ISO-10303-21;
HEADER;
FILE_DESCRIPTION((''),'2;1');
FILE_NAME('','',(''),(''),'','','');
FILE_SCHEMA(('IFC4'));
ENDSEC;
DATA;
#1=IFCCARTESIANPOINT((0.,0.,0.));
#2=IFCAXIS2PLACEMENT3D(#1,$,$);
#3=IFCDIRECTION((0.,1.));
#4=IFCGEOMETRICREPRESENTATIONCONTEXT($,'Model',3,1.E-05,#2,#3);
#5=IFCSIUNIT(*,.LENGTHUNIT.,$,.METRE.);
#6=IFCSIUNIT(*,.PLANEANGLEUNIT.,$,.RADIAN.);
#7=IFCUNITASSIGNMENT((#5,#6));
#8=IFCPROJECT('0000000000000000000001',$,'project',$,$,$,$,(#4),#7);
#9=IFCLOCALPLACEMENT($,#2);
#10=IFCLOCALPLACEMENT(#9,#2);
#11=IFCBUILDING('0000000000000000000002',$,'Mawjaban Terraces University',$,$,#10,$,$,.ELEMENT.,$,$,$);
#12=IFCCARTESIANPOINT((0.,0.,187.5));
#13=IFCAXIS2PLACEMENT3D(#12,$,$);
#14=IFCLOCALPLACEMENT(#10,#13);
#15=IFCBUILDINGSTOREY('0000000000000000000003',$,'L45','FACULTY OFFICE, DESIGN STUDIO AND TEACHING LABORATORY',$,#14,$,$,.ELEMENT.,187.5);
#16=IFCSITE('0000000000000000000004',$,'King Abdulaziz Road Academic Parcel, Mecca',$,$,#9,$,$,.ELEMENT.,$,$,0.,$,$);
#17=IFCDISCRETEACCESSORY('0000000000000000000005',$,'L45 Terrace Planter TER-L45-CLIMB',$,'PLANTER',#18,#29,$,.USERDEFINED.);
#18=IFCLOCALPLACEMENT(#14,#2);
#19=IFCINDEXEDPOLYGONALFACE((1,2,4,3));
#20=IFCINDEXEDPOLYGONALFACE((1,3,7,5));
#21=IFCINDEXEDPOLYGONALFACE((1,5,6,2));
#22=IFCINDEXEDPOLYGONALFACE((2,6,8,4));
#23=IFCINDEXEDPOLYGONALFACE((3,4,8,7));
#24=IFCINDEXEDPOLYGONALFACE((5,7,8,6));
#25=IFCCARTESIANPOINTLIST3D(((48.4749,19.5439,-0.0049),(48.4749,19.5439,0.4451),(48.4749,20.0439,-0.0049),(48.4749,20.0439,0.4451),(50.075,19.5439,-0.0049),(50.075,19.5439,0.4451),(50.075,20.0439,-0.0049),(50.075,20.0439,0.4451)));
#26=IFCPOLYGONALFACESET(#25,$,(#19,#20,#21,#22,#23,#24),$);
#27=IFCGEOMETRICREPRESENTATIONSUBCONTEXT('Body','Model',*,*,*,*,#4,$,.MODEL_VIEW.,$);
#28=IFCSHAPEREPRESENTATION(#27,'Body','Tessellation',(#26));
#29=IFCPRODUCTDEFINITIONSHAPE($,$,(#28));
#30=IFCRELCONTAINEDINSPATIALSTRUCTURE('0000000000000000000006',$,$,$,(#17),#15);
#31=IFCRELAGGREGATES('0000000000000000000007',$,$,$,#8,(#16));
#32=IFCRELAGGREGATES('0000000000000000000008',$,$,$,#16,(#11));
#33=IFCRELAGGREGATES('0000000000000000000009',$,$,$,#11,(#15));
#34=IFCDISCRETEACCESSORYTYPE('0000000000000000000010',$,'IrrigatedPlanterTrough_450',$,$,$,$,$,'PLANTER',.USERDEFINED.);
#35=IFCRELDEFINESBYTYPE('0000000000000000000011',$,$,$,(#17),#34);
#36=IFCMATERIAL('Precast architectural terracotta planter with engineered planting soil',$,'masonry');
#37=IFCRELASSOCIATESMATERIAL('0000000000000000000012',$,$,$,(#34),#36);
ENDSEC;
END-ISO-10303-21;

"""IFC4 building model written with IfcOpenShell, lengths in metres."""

from ifc_helpers import new_model, si_unit, direction, frame, origin, origin_2d, place, context, subcontext, project, spatial, rectangle, extrude, material, type_object, element, save


model = new_model("IFC4")

# Units and contexts
model_context = context("Model", 3, precision=1e-05, world=origin(), true_north=direction((0.0, 1.0)))
body_context = subcontext(model_context, "Body", "Model", "MODEL_VIEW")
ifc_project = project(units=[si_unit("LENGTHUNIT", "METRE"), si_unit("PLANEANGLEUNIT", "RADIAN")], contexts=[model_context])

# Site, building, storey
site_placement = place(None, origin())
site = spatial("IfcSite", under=ifc_project, at=site_placement, Name="King Abdulaziz Road Academic Parcel, Mecca", CompositionType="ELEMENT", RefElevation=0.0)
building_placement = place(site_placement, origin())
building = spatial("IfcBuilding", under=site, at=building_placement, Name="Mawjaban Terraces University", CompositionType="ELEMENT")
storey_placement = place(building_placement, frame((0.0, 0.0, 187.5)))
storey = spatial("IfcBuildingStorey", under=building, at=storey_placement, Name="L45", Description="FACULTY OFFICE, DESIGN STUDIO AND TEACHING LABORATORY", CompositionType="ELEMENT", Elevation=187.5)

# Discrete accessory
ifc_material_1 = material(Name="Precast architectural terracotta planter with engineered planting soil", Category="masonry")
discrete_accessory_type = type_object("IfcDiscreteAccessoryType", Name="IrrigatedPlanterTrough_450", ElementType="PLANTER", PredefinedType="USERDEFINED", material=ifc_material_1)
discrete_accessory_placement = place(storey_placement, frame((49.2749, 19.7939, -0.0049), z_axis=(0.0, 0.0, 1.0), x_axis=(1.0, 0.0, 0.0)))
element("IfcDiscreteAccessory", 1, at=discrete_accessory_placement, inside=storey, type_object=discrete_accessory_type, Name="L45 Terrace Planter TER-L45-CLIMB", ObjectType="PLANTER", PredefinedType="USERDEFINED", context=body_context, shape_type="SweptSolid", body=[
    extrude(rectangle(XDim=1.6001, YDim=0.5, at=origin_2d()), origin(), (0.0, 0.0, 1.0), 0.45),
])

save(model, "model.ifc")
